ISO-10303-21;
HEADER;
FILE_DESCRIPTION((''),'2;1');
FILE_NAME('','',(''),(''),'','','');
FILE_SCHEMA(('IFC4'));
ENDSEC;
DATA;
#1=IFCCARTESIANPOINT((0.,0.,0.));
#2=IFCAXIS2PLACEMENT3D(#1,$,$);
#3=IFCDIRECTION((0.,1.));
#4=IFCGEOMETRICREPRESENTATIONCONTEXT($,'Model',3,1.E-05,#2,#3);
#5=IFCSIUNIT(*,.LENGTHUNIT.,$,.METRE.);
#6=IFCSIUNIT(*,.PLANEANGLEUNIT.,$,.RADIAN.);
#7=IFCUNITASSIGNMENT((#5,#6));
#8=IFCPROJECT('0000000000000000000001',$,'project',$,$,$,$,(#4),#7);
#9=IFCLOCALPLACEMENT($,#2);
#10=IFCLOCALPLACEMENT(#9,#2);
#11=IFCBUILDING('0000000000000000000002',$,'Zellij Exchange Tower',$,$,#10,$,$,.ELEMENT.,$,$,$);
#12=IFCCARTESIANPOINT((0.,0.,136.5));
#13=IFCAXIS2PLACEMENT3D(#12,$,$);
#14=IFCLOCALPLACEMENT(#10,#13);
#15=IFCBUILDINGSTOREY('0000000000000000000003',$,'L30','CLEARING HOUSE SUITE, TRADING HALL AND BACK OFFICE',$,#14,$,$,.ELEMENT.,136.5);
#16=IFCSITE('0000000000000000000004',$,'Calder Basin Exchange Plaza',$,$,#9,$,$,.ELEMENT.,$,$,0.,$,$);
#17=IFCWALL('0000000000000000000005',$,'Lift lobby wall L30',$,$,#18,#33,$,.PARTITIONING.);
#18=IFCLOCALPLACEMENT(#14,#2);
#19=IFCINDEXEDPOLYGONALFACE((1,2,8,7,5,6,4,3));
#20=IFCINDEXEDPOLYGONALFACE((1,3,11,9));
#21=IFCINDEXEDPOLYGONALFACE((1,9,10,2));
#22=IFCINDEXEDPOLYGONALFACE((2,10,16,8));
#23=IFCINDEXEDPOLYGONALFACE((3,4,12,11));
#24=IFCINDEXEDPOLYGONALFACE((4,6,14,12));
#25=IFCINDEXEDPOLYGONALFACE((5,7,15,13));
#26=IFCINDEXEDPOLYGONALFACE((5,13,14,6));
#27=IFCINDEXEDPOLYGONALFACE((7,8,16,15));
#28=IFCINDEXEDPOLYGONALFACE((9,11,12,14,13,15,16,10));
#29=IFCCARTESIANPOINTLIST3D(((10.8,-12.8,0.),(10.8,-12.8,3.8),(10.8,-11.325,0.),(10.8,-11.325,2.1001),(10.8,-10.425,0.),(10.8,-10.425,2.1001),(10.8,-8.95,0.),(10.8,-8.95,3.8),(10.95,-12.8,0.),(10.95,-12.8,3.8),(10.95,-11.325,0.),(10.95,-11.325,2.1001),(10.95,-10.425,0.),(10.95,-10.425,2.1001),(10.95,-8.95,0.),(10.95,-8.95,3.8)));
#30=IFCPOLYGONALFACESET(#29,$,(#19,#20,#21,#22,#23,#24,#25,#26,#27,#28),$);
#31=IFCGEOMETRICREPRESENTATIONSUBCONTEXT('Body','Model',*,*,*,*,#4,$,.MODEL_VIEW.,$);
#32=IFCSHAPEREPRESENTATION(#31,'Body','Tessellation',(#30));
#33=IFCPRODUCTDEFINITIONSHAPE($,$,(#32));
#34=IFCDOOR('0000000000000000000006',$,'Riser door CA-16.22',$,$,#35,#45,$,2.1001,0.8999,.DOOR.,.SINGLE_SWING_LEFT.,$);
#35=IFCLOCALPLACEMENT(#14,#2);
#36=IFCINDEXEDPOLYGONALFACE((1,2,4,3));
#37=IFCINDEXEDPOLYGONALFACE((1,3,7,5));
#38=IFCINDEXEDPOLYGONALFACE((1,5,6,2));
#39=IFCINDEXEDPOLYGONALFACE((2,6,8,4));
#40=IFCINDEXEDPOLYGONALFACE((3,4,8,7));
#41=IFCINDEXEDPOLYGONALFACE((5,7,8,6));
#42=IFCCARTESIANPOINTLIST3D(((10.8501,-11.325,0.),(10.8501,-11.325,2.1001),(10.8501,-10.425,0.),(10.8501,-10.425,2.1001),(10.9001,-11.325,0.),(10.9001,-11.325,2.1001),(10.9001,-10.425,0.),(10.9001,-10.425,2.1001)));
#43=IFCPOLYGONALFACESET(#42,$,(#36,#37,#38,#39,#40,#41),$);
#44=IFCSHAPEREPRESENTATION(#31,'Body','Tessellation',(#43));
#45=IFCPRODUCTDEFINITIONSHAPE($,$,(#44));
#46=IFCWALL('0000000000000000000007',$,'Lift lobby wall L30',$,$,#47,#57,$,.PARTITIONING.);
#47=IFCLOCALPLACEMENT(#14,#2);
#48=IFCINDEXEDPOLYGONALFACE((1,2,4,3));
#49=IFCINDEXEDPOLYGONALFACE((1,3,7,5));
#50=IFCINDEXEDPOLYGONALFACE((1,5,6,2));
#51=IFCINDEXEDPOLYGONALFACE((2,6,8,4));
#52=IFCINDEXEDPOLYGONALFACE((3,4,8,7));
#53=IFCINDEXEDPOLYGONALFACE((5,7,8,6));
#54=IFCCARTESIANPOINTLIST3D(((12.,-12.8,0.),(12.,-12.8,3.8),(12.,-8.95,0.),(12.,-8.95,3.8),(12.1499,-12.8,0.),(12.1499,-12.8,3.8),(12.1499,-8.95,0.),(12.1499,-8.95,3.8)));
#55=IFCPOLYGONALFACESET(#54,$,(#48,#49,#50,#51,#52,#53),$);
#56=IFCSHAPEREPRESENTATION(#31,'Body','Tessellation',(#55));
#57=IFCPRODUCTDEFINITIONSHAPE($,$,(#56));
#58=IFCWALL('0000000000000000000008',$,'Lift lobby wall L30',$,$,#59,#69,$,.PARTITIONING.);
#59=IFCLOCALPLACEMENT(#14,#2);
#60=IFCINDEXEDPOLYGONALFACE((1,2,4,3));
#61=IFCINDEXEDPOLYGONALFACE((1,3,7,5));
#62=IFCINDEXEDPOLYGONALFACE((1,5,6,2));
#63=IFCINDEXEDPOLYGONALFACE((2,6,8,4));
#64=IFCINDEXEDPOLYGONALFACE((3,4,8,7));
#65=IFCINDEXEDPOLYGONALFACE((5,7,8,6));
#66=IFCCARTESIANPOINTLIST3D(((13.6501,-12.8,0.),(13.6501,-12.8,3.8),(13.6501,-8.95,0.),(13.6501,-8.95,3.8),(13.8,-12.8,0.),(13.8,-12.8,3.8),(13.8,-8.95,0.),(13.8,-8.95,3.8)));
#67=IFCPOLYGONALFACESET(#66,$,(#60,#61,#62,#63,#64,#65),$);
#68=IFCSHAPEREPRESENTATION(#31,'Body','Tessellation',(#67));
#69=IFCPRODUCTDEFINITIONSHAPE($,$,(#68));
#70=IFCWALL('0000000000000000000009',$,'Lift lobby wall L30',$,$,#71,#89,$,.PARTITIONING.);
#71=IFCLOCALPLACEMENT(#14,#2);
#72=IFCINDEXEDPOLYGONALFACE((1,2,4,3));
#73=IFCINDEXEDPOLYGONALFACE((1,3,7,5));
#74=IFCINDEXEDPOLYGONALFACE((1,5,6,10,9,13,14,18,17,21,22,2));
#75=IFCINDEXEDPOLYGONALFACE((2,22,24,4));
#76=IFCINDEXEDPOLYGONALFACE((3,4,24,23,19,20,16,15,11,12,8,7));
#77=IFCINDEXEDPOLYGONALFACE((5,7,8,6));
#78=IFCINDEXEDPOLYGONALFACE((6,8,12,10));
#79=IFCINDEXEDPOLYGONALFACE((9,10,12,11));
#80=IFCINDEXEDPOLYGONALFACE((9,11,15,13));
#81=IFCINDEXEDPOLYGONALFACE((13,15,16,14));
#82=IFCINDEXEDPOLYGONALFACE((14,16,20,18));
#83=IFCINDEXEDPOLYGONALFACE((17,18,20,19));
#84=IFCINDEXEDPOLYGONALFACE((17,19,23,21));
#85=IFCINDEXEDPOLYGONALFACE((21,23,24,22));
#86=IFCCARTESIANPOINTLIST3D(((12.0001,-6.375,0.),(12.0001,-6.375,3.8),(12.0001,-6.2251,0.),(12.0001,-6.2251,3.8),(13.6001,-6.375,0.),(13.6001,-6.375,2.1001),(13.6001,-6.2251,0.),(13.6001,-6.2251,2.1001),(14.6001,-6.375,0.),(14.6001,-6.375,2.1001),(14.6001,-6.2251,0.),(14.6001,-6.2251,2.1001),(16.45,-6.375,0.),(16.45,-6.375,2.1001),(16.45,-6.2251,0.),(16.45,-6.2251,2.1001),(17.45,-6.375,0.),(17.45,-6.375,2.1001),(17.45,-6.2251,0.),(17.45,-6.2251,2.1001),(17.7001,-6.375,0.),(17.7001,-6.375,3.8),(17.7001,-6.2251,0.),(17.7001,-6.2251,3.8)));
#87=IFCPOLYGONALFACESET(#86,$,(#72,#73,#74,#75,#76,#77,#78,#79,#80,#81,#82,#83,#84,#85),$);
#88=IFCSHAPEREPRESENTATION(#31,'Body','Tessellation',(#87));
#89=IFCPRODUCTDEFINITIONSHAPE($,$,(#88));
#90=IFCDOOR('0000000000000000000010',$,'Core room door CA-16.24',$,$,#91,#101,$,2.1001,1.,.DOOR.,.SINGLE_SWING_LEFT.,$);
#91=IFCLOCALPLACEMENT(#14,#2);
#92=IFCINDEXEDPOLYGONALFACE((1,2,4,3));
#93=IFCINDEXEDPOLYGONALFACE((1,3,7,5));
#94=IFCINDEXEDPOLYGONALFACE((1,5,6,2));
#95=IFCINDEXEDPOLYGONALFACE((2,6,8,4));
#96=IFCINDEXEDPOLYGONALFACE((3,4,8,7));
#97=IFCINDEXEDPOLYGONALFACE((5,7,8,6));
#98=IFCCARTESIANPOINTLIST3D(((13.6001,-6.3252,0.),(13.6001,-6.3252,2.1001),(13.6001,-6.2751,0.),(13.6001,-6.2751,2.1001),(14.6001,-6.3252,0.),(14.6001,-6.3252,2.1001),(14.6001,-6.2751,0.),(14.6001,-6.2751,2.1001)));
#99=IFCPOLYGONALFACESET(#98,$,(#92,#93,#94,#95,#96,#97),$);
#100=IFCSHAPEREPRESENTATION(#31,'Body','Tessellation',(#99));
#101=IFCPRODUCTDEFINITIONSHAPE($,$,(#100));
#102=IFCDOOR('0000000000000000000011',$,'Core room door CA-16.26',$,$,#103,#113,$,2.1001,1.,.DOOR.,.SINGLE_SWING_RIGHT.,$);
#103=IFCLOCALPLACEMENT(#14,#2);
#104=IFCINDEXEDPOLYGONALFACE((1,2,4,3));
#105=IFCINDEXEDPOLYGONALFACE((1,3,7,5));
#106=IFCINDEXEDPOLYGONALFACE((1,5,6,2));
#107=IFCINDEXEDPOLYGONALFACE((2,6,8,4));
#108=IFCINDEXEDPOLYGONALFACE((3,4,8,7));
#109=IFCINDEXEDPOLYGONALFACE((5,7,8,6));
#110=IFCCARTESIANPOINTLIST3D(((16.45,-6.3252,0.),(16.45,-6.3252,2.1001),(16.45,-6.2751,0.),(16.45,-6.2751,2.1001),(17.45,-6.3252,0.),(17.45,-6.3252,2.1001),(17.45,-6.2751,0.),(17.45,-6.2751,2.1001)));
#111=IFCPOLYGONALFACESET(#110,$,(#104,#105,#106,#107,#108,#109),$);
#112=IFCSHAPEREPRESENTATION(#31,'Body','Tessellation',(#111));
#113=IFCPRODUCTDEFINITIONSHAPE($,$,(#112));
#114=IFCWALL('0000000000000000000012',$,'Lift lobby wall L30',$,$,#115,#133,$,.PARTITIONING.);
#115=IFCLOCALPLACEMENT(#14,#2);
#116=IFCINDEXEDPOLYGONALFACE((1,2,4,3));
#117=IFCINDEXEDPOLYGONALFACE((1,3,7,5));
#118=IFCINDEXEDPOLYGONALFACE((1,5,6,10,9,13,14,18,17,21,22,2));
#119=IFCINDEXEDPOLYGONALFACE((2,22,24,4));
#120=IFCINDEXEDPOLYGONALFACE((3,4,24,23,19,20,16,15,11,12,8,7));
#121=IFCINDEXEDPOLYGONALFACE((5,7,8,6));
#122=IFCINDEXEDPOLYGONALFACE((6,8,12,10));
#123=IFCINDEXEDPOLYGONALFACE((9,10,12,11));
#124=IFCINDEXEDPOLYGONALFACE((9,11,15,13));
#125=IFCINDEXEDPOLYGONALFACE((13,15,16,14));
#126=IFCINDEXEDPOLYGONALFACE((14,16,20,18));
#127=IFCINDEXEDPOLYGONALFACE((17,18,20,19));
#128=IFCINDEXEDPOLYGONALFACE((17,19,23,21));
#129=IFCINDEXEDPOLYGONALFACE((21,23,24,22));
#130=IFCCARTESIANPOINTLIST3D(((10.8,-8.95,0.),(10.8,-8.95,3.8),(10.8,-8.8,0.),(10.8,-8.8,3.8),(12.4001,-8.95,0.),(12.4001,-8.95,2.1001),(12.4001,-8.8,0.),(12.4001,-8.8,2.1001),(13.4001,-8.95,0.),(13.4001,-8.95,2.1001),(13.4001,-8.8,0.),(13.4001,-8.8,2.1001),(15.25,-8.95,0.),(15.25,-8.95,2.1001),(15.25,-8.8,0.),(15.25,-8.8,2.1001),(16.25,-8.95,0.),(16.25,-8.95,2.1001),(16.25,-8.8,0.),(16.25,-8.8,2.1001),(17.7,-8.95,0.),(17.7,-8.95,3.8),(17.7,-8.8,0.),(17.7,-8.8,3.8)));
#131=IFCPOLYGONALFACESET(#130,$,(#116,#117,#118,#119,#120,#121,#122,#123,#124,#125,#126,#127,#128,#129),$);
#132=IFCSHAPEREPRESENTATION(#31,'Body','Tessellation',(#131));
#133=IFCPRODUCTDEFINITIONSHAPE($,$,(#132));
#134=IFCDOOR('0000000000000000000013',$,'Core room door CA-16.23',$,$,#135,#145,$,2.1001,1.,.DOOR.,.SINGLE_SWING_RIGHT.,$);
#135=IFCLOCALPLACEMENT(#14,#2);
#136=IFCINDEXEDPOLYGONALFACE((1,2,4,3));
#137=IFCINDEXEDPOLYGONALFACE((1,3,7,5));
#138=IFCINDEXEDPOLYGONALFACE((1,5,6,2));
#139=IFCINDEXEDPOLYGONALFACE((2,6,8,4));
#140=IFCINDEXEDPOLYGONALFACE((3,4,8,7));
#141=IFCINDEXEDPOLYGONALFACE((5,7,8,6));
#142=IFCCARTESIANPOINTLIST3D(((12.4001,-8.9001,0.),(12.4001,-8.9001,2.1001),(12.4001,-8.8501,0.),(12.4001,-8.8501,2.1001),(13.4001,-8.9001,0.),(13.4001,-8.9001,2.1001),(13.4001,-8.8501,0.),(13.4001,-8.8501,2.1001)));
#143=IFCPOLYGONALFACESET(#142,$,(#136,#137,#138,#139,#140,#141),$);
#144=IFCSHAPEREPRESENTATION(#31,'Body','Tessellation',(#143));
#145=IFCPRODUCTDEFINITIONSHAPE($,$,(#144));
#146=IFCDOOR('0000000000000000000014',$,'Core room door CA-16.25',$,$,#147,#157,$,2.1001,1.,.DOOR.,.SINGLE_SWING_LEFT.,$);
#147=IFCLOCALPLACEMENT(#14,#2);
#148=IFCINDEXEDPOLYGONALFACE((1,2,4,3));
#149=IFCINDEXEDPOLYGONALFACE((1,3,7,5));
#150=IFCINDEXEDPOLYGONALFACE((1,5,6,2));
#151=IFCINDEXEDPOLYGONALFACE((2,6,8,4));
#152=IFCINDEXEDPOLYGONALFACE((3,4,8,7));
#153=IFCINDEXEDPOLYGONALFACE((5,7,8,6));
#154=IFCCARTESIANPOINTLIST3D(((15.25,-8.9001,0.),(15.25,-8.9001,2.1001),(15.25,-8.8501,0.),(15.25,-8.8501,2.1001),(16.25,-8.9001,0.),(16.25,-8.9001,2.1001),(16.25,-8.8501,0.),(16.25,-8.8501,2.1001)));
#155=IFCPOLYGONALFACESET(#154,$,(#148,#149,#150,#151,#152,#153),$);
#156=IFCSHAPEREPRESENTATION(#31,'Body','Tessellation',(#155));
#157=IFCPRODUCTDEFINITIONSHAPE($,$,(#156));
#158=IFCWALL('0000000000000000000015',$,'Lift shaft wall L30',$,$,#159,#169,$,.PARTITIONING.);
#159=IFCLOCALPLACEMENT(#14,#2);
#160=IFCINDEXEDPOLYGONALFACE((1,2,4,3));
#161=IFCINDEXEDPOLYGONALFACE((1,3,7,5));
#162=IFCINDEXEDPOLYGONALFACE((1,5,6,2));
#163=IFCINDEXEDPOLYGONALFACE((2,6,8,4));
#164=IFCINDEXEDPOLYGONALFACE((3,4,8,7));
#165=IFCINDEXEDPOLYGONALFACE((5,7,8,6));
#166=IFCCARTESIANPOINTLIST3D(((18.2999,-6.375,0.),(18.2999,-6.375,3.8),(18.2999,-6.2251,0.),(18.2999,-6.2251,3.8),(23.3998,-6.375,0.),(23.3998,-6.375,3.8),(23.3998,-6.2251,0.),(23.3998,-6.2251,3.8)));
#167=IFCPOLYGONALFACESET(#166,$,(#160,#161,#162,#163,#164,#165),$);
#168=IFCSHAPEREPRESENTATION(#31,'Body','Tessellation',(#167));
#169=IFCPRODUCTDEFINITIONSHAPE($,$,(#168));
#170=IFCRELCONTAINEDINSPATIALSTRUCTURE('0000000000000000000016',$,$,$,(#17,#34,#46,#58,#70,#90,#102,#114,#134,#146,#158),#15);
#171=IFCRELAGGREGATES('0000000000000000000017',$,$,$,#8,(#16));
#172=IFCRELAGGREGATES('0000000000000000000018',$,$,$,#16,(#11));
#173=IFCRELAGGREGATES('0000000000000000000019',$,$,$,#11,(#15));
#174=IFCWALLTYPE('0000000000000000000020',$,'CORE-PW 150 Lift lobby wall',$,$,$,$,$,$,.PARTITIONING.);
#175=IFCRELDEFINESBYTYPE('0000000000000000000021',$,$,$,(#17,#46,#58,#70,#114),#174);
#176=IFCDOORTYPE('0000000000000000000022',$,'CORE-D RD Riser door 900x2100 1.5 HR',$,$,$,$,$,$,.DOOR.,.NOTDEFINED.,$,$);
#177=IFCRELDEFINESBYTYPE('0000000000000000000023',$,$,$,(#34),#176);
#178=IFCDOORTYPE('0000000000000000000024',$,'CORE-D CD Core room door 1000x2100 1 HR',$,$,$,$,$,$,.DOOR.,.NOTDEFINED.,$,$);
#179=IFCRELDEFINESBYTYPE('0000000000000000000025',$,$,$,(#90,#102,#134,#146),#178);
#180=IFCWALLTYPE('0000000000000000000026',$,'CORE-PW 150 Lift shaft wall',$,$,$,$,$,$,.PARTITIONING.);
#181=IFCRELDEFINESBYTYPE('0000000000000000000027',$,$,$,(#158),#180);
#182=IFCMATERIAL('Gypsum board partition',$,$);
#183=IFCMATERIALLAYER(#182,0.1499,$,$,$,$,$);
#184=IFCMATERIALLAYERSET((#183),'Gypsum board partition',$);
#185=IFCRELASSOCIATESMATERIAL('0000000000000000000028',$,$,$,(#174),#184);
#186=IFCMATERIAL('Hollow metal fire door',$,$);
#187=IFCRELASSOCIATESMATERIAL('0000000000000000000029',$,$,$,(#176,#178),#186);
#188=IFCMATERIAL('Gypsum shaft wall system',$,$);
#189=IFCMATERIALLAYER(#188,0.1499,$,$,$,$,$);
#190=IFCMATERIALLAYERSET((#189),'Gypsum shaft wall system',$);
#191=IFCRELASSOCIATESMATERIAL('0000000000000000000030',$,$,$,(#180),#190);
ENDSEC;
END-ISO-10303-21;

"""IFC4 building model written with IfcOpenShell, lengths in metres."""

from ifc_helpers import new_model, si_unit, direction, frame, frame_2d, origin, place, context, subcontext, project, spatial, rectangle, extrude, material, layer, layer_set, type_object, element, fill, save


model = new_model("IFC4")

# Units and contexts
model_context = context("Model", 3, precision=1e-05, world=origin(), true_north=direction((0.0, 1.0)))
body_context = subcontext(model_context, "Body", "Model", "MODEL_VIEW")
ifc_project = project(units=[si_unit("LENGTHUNIT", "METRE"), si_unit("PLANEANGLEUNIT", "RADIAN")], contexts=[model_context])

# Site, building, storey
site_placement = place(None, origin())
site = spatial("IfcSite", under=ifc_project, at=site_placement, Name="Calder Basin Exchange Plaza", CompositionType="ELEMENT", RefElevation=0.0)
building_placement = place(site_placement, origin())
building = spatial("IfcBuilding", under=site, at=building_placement, Name="Zellij Exchange Tower", CompositionType="ELEMENT")
storey_placement = place(building_placement, frame((0.0, 0.0, 136.5)))
storey = spatial("IfcBuildingStorey", under=building, at=storey_placement, Name="L30", Description="CLEARING HOUSE SUITE, TRADING HALL AND BACK OFFICE", CompositionType="ELEMENT", Elevation=136.5)

# Shared definitions
ifc_material_1 = material(Name="Gypsum board partition")
ifc_layer_1 = layer(ifc_material_1, 0.1499)
ifc_layer_set_1 = layer_set([ifc_layer_1], Name="Gypsum board partition")
wall_type_1 = type_object("IfcWallType", Name="CORE-PW 150 Lift lobby wall", PredefinedType="PARTITIONING", material=ifc_layer_set_1)

# Wall, opening, door
wall_1_placement = place(storey_placement, frame((10.875, -12.8, 0.0), z_axis=(0.0, 0.0, 1.0), x_axis=(0.0, 1.0, 0.0)))
wall_1 = element("IfcWall", 1, at=wall_1_placement, inside=storey, type_object=wall_type_1, Name="Lift lobby wall L30", PredefinedType="PARTITIONING", context=body_context, shape_type="SweptSolid", body=[
    extrude(rectangle(XDim=3.8501, YDim=0.1499, at=frame_2d((1.925, 0.0))), origin(), (0.0, 0.0, 1.0), 3.8),
])
opening_1_placement = place(wall_1_placement, frame((1.4751, 0.0, 0.0)))
opening_1 = element("IfcOpeningElement", 2, at=opening_1_placement, cuts=wall_1, PredefinedType="OPENING", context=body_context, shape_type="SweptSolid", body=[
    extrude(rectangle(XDim=0.8999, YDim=2.1001, at=frame_2d((0.45, 1.05))), frame((0.0, 0.0869, 0.0), z_axis=(0.0, -1.0, 0.0), x_axis=(1.0, 0.0, 0.0)), (0.0, 0.0, 1.0), 0.1738),
])
ifc_material_2 = material(Name="Hollow metal fire door")
door_type_1 = type_object("IfcDoorType", Name="CORE-D RD Riser door 900x2100 1.5 HR", OperationType="NOTDEFINED", PredefinedType="DOOR", material=ifc_material_2)
door_1_placement = place(opening_1_placement, origin())
door_1 = element("IfcDoor", 3, at=door_1_placement, inside=storey, type_object=door_type_1, Name="Riser door CA-16.22", OperationType="SINGLE_SWING_LEFT", OverallHeight=2.1001, OverallWidth=0.8999, PredefinedType="DOOR", context=body_context, shape_type="SweptSolid", body=[
    extrude(rectangle(XDim=0.8999, YDim=2.1001, at=frame_2d((0.45, 1.05))), frame((0.0, 0.0249, 0.0), z_axis=(0.0, -1.0, 0.0), x_axis=(1.0, 0.0, 0.0)), (0.0, 0.0, 1.0), 0.05),
])
fill(opening_1, door_1)

# Walls
for number, where, z_axis, x_axis, name in (
    (4, (12.075, -12.8, 0.0), (0.0, 0.0, 1.0), (0.0, 1.0, 0.0), "Lift lobby wall L30"),
    (5, (13.7251, -12.8, 0.0), (0.0, 0.0, 1.0), (0.0, 1.0, 0.0), "Lift lobby wall L30"),
):
    element("IfcWall", number, at=place(storey_placement, frame(where, z_axis=z_axis, x_axis=x_axis)), inside=storey, type_object=wall_type_1, Name=name, PredefinedType="PARTITIONING", context=body_context, shape_type="SweptSolid", body=[
        extrude(rectangle(XDim=3.8501, YDim=0.1499, at=frame_2d((1.925, 0.0))), origin(), (0.0, 0.0, 1.0), 3.8),
    ])

# Walls, openings, doors
wall_2_placement = place(storey_placement, frame((12.0, -6.3, 0.0), z_axis=(0.0, 0.0, 1.0), x_axis=(1.0, 0.0, 0.0)))
wall_2 = element("IfcWall", 6, at=wall_2_placement, inside=storey, type_object=wall_type_1, Name="Lift lobby wall L30", PredefinedType="PARTITIONING", context=body_context, shape_type="SweptSolid", body=[
    extrude(rectangle(XDim=5.7, YDim=0.1499, at=frame_2d((2.8501, 0.0))), origin(), (0.0, 0.0, 1.0), 3.8),
])
opening_2_placement = place(wall_2_placement, frame((1.6001, 0.0, 0.0)))
opening_2 = element("IfcOpeningElement", 7, at=opening_2_placement, cuts=wall_2, PredefinedType="OPENING", context=body_context, shape_type="SweptSolid", body=[
    extrude(rectangle(XDim=1.0, YDim=2.1001, at=frame_2d((0.5, 1.05))), frame((0.0, 0.0869, 0.0), z_axis=(0.0, -1.0, 0.0), x_axis=(1.0, 0.0, 0.0)), (0.0, 0.0, 1.0), 0.1738),
])
opening_3_placement = place(wall_2_placement, frame((4.45, 0.0, 0.0)))
opening_3 = element("IfcOpeningElement", 8, at=opening_3_placement, cuts=wall_2, PredefinedType="OPENING", context=body_context, shape_type="SweptSolid", body=[
    extrude(rectangle(XDim=1.0, YDim=2.1001, at=frame_2d((0.5, 1.05))), frame((0.0, 0.0869, 0.0), z_axis=(0.0, -1.0, 0.0), x_axis=(1.0, 0.0, 0.0)), (0.0, 0.0, 1.0), 0.1738),
])
door_type_2 = type_object("IfcDoorType", Name="CORE-D CD Core room door 1000x2100 1 HR", OperationType="NOTDEFINED", PredefinedType="DOOR", material=ifc_material_2)
door_2_placement = place(opening_2_placement, origin())
door_2 = element("IfcDoor", 9, at=door_2_placement, inside=storey, type_object=door_type_2, Name="Core room door CA-16.24", OperationType="SINGLE_SWING_LEFT", OverallHeight=2.1001, OverallWidth=1.0, PredefinedType="DOOR", context=body_context, shape_type="SweptSolid", body=[
    extrude(rectangle(XDim=1.0, YDim=2.1001, at=frame_2d((0.5, 1.05))), frame((0.0, 0.0249, 0.0), z_axis=(0.0, -1.0, 0.0), x_axis=(1.0, 0.0, 0.0)), (0.0, 0.0, 1.0), 0.05),
])
fill(opening_2, door_2)
door_3_placement = place(opening_3_placement, origin())
door_3 = element("IfcDoor", 10, at=door_3_placement, inside=storey, type_object=door_type_2, Name="Core room door CA-16.26", OperationType="SINGLE_SWING_RIGHT", OverallHeight=2.1001, OverallWidth=1.0, PredefinedType="DOOR", context=body_context, shape_type="SweptSolid", body=[
    extrude(rectangle(XDim=1.0, YDim=2.1001, at=frame_2d((0.5, 1.05))), frame((0.0, 0.0249, 0.0), z_axis=(0.0, -1.0, 0.0), x_axis=(1.0, 0.0, 0.0)), (0.0, 0.0, 1.0), 0.05),
])
fill(opening_3, door_3)
wall_3_placement = place(storey_placement, frame((10.8, -8.875, 0.0), z_axis=(0.0, 0.0, 1.0), x_axis=(1.0, 0.0, 0.0)))
wall_3 = element("IfcWall", 11, at=wall_3_placement, inside=storey, type_object=wall_type_1, Name="Lift lobby wall L30", PredefinedType="PARTITIONING", context=body_context, shape_type="SweptSolid", body=[
    extrude(rectangle(XDim=6.8999, YDim=0.1499, at=frame_2d((3.45, 0.0))), origin(), (0.0, 0.0, 1.0), 3.8),
])
opening_4_placement = place(wall_3_placement, frame((1.6001, 0.0, 0.0)))
opening_4 = element("IfcOpeningElement", 12, at=opening_4_placement, cuts=wall_3, PredefinedType="OPENING", context=body_context, shape_type="SweptSolid", body=[
    extrude(rectangle(XDim=1.0, YDim=2.1001, at=frame_2d((0.5, 1.05))), frame((0.0, 0.0869, 0.0), z_axis=(0.0, -1.0, 0.0), x_axis=(1.0, 0.0, 0.0)), (0.0, 0.0, 1.0), 0.1738),
])
opening_5_placement = place(wall_3_placement, frame((4.45, 0.0, 0.0)))
opening_5 = element("IfcOpeningElement", 13, at=opening_5_placement, cuts=wall_3, PredefinedType="OPENING", context=body_context, shape_type="SweptSolid", body=[
    extrude(rectangle(XDim=1.0, YDim=2.1001, at=frame_2d((0.5, 1.05))), frame((0.0, 0.0869, 0.0), z_axis=(0.0, -1.0, 0.0), x_axis=(1.0, 0.0, 0.0)), (0.0, 0.0, 1.0), 0.1738),
])
door_4_placement = place(opening_4_placement, origin())
door_4 = element("IfcDoor", 14, at=door_4_placement, inside=storey, type_object=door_type_2, Name="Core room door CA-16.23", OperationType="SINGLE_SWING_RIGHT", OverallHeight=2.1001, OverallWidth=1.0, PredefinedType="DOOR", context=body_context, shape_type="SweptSolid", body=[
    extrude(rectangle(XDim=1.0, YDim=2.1001, at=frame_2d((0.5, 1.05))), frame((0.0, 0.0249, 0.0), z_axis=(0.0, -1.0, 0.0), x_axis=(1.0, 0.0, 0.0)), (0.0, 0.0, 1.0), 0.05),
])
fill(opening_4, door_4)
door_5_placement = place(opening_5_placement, origin())
door_5 = element("IfcDoor", 15, at=door_5_placement, inside=storey, type_object=door_type_2, Name="Core room door CA-16.25", OperationType="SINGLE_SWING_LEFT", OverallHeight=2.1001, OverallWidth=1.0, PredefinedType="DOOR", context=body_context, shape_type="SweptSolid", body=[
    extrude(rectangle(XDim=1.0, YDim=2.1001, at=frame_2d((0.5, 1.05))), frame((0.0, 0.0249, 0.0), z_axis=(0.0, -1.0, 0.0), x_axis=(1.0, 0.0, 0.0)), (0.0, 0.0, 1.0), 0.05),
])
fill(opening_5, door_5)

# Wall
ifc_material_3 = material(Name="Gypsum shaft wall system")
ifc_layer_2 = layer(ifc_material_3, 0.1499)
ifc_layer_set_2 = layer_set([ifc_layer_2], Name="Gypsum shaft wall system")
wall_type_2 = type_object("IfcWallType", Name="CORE-PW 150 Lift shaft wall", PredefinedType="PARTITIONING", material=ifc_layer_set_2)
wall_4_placement = place(storey_placement, frame((18.3, -6.3, 0.0), z_axis=(0.0, 0.0, 1.0), x_axis=(1.0, 0.0, 0.0)))
element("IfcWall", 16, at=wall_4_placement, inside=storey, type_object=wall_type_2, Name="Lift shaft wall L30", PredefinedType="PARTITIONING", context=body_context, shape_type="SweptSolid", body=[
    extrude(rectangle(XDim=5.0999, YDim=0.1499, at=frame_2d((2.5498, 0.0))), origin(), (0.0, 0.0, 1.0), 3.8),
])

save(model, "model.ifc")
